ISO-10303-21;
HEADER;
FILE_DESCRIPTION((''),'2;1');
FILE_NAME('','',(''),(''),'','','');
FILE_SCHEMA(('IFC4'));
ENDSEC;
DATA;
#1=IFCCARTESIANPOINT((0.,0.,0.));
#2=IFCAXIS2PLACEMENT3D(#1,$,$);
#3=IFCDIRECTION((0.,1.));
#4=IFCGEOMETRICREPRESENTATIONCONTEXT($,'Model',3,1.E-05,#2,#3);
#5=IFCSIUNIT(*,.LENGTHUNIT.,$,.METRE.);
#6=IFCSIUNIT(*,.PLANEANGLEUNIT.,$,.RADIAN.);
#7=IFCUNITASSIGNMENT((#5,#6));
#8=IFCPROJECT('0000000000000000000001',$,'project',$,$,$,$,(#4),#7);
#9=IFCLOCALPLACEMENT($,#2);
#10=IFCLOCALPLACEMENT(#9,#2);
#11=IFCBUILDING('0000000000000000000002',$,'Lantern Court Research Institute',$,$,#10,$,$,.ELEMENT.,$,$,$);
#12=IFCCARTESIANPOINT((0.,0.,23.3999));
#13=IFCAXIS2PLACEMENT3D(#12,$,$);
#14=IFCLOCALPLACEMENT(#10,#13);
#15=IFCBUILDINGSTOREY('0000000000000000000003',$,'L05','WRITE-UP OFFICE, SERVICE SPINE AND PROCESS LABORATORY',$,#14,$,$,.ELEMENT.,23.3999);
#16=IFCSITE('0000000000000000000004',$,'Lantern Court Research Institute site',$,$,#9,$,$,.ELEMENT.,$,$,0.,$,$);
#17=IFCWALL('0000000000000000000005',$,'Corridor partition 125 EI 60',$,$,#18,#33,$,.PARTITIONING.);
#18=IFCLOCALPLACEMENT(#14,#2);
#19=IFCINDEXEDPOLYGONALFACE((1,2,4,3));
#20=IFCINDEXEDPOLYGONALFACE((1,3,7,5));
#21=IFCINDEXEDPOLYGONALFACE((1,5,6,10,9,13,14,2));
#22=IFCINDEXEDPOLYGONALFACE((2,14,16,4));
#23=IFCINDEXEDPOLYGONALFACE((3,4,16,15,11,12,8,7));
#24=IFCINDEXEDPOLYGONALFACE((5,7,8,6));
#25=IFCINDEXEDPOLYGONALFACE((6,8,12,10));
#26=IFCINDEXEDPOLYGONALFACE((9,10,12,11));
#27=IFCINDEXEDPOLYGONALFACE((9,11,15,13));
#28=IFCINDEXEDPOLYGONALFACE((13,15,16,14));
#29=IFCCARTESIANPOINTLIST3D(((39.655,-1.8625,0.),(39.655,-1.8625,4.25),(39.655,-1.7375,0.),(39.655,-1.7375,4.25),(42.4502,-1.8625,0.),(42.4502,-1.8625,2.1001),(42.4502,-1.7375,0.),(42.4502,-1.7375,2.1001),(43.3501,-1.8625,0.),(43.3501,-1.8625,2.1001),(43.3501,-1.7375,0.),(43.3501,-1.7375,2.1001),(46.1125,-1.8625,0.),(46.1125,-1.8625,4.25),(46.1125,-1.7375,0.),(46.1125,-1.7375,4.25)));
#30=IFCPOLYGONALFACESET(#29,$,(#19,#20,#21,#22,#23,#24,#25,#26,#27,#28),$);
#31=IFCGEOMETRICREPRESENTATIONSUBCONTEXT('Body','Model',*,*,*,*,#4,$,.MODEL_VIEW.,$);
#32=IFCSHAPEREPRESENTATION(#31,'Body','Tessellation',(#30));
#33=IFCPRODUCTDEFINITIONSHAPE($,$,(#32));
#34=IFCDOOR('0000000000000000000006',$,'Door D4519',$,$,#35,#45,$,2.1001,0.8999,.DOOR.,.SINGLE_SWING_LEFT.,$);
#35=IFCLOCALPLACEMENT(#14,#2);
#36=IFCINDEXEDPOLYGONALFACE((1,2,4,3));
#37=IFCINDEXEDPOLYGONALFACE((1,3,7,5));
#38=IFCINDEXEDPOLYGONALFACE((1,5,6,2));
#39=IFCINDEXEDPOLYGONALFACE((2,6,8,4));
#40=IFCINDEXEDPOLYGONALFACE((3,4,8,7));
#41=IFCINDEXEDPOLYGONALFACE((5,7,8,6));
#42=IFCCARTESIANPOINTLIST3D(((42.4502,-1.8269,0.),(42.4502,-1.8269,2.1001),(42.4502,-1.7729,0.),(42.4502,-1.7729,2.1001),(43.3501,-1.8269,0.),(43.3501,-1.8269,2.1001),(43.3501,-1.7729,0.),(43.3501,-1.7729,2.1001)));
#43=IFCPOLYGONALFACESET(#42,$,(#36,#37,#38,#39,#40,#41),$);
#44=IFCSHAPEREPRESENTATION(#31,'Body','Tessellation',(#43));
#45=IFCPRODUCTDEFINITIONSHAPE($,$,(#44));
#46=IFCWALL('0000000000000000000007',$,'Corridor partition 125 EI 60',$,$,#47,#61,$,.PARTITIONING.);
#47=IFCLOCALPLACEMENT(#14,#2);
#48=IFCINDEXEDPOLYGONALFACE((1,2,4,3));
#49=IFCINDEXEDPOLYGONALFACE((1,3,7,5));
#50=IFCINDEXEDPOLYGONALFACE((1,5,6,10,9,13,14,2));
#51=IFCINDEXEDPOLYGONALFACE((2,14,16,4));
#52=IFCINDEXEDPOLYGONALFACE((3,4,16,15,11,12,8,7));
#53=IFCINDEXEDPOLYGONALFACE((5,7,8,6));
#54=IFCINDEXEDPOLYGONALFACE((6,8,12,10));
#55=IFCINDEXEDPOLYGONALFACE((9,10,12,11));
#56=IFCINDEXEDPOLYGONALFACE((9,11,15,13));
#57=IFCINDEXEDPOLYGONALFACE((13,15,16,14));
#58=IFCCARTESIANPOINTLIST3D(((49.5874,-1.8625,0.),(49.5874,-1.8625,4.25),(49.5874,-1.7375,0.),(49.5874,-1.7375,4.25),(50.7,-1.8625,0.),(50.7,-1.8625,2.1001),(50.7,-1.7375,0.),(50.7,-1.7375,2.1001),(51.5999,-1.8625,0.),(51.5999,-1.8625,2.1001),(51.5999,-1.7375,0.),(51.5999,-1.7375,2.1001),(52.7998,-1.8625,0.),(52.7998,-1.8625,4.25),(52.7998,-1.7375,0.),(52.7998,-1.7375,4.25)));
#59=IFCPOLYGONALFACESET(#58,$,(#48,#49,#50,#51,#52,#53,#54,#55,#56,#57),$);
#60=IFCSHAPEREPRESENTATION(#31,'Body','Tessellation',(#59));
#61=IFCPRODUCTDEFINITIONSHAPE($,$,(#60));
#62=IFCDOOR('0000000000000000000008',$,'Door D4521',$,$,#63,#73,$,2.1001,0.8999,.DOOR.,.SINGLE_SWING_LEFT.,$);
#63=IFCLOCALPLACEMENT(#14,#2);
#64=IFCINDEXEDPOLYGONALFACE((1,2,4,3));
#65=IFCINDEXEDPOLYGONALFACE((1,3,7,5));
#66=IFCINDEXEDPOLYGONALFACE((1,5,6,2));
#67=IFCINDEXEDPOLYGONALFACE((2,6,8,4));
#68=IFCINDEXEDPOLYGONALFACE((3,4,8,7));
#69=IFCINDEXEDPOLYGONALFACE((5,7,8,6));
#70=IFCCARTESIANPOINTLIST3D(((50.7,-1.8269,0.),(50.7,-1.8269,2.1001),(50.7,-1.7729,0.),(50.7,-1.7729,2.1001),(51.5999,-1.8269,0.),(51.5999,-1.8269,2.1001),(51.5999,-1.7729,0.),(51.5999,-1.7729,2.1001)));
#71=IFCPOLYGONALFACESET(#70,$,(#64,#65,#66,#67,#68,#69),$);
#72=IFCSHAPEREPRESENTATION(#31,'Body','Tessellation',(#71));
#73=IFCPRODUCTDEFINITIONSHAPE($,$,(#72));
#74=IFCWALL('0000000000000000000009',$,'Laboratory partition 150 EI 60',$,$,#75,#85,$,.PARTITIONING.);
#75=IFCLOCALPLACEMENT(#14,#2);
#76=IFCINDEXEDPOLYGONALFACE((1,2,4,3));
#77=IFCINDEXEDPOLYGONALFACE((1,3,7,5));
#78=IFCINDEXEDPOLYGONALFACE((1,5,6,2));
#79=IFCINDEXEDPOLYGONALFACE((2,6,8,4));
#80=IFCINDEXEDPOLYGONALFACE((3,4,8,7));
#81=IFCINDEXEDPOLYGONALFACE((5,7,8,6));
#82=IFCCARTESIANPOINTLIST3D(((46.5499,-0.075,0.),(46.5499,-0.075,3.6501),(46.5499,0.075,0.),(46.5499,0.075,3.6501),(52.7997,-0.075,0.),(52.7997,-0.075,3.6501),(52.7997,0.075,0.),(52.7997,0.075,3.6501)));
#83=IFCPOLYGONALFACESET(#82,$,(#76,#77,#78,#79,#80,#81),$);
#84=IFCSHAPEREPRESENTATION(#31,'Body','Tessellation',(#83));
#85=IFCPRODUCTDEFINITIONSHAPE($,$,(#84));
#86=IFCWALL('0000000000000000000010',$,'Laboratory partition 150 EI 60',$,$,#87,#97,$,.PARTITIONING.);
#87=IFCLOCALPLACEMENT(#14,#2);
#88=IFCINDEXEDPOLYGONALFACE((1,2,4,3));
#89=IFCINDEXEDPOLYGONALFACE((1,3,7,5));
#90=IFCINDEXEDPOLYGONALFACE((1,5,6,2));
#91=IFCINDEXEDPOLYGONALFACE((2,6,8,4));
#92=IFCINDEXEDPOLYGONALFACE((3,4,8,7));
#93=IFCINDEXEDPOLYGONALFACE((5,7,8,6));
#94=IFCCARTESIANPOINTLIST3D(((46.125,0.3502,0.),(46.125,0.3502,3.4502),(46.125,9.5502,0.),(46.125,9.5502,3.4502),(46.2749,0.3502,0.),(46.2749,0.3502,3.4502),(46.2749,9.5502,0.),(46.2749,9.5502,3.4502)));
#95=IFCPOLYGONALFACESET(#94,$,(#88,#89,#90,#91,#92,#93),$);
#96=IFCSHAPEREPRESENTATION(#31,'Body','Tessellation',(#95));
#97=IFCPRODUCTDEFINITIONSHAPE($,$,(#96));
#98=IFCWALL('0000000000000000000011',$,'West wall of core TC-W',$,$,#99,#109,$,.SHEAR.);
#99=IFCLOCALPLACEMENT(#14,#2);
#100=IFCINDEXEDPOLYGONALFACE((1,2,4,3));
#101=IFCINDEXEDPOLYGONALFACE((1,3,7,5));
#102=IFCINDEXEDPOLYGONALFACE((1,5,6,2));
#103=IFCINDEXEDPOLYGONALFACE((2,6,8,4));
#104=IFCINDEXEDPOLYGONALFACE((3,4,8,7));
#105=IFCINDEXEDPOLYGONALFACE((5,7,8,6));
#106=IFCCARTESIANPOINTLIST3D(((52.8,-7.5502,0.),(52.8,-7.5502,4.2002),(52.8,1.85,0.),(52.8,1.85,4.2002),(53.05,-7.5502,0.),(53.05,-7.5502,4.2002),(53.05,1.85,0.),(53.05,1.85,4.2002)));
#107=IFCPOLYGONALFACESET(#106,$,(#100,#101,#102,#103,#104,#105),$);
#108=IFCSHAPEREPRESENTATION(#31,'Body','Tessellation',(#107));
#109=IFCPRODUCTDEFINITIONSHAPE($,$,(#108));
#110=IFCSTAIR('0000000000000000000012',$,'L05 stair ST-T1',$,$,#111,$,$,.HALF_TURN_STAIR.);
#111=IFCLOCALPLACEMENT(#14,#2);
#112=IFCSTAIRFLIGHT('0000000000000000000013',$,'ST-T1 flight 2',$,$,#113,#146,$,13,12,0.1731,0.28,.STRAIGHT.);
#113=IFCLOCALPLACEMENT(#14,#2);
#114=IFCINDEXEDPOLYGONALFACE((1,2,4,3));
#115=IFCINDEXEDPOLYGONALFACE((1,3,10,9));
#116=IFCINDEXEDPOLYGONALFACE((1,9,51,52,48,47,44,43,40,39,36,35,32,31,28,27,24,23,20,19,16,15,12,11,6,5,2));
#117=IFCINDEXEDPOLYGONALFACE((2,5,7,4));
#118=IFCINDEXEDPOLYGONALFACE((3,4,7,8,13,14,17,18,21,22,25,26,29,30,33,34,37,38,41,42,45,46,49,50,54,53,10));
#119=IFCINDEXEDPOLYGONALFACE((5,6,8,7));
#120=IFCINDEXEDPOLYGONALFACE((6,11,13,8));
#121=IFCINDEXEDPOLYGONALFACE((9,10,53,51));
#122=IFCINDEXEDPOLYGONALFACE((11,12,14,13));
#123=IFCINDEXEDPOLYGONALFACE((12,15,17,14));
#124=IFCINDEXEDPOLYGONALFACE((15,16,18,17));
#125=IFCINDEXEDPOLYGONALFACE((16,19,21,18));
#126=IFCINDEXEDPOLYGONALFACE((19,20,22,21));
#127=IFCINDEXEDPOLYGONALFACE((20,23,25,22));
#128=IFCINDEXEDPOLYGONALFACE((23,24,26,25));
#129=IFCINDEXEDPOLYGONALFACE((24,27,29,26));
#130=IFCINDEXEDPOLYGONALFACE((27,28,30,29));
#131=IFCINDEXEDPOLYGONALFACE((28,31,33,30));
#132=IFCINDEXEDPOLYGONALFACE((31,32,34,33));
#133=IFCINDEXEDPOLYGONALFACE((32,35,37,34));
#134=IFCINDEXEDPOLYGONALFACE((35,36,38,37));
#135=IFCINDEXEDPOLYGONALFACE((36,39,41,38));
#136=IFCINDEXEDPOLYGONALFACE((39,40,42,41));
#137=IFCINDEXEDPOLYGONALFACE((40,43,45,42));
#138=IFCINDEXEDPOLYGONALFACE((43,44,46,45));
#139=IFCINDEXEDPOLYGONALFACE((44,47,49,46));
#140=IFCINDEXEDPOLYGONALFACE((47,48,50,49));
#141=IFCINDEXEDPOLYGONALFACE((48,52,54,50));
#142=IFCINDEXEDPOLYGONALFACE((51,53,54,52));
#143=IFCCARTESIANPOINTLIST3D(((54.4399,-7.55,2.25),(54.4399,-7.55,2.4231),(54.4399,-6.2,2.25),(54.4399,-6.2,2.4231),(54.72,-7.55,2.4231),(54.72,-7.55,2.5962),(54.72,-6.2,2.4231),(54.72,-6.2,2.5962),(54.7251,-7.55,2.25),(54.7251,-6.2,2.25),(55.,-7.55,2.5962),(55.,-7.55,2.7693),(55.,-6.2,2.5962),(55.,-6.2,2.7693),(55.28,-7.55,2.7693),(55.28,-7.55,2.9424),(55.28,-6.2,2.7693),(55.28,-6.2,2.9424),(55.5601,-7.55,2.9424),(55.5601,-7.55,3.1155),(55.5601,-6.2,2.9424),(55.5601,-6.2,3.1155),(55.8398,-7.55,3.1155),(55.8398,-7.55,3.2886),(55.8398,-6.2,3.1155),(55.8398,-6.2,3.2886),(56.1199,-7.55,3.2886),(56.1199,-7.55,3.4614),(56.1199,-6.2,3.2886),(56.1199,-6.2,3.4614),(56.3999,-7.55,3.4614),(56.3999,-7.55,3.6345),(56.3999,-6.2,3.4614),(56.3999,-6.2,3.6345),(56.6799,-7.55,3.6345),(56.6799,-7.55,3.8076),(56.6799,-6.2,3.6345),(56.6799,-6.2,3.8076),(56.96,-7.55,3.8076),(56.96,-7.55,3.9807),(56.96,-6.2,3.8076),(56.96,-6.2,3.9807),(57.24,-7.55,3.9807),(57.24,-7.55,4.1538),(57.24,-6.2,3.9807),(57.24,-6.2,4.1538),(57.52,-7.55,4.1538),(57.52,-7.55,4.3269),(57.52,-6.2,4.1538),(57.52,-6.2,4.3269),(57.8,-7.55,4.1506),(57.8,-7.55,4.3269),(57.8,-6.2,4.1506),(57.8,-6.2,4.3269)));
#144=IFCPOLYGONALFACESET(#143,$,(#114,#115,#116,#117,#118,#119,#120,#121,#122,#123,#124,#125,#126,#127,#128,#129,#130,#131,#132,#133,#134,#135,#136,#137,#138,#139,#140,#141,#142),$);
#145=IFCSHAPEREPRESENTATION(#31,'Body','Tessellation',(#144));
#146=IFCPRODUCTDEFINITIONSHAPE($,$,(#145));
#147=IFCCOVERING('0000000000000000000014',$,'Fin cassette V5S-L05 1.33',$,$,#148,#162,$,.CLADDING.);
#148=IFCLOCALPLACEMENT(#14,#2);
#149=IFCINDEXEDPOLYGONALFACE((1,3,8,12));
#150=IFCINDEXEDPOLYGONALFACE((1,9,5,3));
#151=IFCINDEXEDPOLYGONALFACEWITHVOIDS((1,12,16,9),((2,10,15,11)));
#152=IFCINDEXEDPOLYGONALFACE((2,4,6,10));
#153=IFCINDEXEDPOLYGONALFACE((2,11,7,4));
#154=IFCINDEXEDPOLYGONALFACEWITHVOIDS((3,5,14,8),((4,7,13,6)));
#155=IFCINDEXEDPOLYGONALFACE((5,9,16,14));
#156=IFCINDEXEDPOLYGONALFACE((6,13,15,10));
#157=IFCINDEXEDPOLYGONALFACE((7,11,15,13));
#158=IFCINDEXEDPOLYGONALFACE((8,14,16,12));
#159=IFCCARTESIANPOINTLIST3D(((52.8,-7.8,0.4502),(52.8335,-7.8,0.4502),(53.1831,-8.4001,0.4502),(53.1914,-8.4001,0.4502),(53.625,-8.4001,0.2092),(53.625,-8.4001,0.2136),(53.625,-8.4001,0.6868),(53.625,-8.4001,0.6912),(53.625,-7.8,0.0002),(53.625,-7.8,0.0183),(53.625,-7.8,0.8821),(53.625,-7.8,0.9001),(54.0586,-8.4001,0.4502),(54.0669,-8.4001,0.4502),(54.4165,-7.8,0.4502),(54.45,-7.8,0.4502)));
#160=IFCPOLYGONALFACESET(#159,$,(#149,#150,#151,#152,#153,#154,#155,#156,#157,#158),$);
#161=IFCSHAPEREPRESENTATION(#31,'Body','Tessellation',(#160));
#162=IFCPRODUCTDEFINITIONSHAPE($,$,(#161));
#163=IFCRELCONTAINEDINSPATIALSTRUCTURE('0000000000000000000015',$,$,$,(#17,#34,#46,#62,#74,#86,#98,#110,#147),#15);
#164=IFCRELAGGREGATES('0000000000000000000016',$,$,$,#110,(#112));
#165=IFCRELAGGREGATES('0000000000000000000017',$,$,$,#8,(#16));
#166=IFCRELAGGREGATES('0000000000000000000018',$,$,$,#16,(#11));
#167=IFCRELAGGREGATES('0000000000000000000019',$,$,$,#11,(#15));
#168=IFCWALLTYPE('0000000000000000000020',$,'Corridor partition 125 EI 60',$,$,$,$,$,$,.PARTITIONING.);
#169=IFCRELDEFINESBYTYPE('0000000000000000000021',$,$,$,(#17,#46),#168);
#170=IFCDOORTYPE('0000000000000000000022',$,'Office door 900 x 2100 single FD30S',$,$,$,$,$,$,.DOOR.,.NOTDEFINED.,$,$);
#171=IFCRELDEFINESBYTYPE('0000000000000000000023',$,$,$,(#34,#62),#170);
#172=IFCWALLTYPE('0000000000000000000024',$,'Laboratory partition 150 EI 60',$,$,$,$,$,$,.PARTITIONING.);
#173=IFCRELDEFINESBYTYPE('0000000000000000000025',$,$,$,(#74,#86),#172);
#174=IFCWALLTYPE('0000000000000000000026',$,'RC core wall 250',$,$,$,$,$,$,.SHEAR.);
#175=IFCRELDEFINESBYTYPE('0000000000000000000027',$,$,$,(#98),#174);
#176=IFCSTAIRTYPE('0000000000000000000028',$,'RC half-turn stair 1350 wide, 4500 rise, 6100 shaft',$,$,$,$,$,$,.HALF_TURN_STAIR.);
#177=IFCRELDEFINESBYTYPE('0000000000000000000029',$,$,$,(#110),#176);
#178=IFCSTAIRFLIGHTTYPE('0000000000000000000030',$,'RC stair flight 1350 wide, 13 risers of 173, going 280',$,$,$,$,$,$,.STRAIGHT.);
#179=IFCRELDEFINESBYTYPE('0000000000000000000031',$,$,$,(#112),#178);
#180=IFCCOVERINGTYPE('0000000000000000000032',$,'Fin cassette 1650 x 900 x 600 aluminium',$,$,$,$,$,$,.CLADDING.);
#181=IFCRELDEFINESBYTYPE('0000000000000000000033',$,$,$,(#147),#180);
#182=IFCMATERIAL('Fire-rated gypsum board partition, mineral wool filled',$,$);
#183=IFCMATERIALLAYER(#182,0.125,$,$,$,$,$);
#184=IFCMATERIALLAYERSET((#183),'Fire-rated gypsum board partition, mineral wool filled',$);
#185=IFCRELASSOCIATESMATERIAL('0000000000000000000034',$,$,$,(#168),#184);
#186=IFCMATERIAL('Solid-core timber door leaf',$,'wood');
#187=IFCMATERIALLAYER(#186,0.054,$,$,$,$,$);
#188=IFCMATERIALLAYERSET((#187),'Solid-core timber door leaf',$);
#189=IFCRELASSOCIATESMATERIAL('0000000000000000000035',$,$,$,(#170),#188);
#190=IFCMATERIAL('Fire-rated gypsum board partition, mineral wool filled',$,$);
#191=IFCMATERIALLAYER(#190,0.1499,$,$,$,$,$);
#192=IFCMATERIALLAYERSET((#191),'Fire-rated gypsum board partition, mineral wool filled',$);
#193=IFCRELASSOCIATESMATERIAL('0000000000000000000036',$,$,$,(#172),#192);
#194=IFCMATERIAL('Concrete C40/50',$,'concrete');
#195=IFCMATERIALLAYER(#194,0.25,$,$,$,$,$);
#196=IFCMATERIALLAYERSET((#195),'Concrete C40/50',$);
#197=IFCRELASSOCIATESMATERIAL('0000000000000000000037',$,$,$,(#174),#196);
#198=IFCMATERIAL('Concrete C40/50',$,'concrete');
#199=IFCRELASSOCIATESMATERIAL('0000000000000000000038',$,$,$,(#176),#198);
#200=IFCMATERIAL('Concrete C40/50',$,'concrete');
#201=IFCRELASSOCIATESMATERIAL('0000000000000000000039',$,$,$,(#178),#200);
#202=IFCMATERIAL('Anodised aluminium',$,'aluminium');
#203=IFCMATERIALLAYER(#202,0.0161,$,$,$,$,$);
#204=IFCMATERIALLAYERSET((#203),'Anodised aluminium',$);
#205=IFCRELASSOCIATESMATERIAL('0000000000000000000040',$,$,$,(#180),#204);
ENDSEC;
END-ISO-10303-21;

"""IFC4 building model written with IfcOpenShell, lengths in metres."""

from ifc_helpers import new_model, entity, si_unit, direction, frame, frame_2d, origin, place, context, subcontext, project, spatial, polyline, rectangle, outline, extrude, material, layer, layer_set, type_object, element, fill, aggregate, save


model = new_model("IFC4")

# Units and contexts
model_context = context("Model", 3, precision=1e-05, world=origin(), true_north=direction((0.0, 1.0)))
body_context = subcontext(model_context, "Body", "Model", "MODEL_VIEW")
ifc_project = project(units=[si_unit("LENGTHUNIT", "METRE"), si_unit("PLANEANGLEUNIT", "RADIAN")], contexts=[model_context])

# Site, building, storey
site_placement = place(None, origin())
site = spatial("IfcSite", under=ifc_project, at=site_placement, Name="Lantern Court Research Institute site", CompositionType="ELEMENT", RefElevation=0.0)
building_placement = place(site_placement, origin())
building = spatial("IfcBuilding", under=site, at=building_placement, Name="Lantern Court Research Institute", CompositionType="ELEMENT")
storey_placement = place(building_placement, frame((0.0, 0.0, 23.3999)))
storey = spatial("IfcBuildingStorey", under=building, at=storey_placement, Name="L05", Description="WRITE-UP OFFICE, SERVICE SPINE AND PROCESS LABORATORY", CompositionType="ELEMENT", Elevation=23.3999)

# Walls, openings, doors
ifc_material_1 = material(Name="Fire-rated gypsum board partition, mineral wool filled")
ifc_layer_1 = layer(ifc_material_1, 0.125)
ifc_layer_set_1 = layer_set([ifc_layer_1], Name="Fire-rated gypsum board partition, mineral wool filled")
wall_type_1 = type_object("IfcWallType", Name="Corridor partition 125 EI 60", PredefinedType="PARTITIONING", material=ifc_layer_set_1)
wall_1_placement = place(storey_placement, frame((46.1125, -1.8, 0.0), z_axis=(0.0, 0.0, 1.0), x_axis=(-1.0, 0.0, 0.0)))
wall_1 = element("IfcWall", 1, at=wall_1_placement, inside=storey, type_object=wall_type_1, Name="Corridor partition 125 EI 60", PredefinedType="PARTITIONING", context=body_context, shape_type="SweptSolid", body=[
    extrude(rectangle(XDim=6.4575, YDim=0.125, at=frame_2d((3.2288, 0.0))), origin(), (0.0, 0.0, 1.0), 4.25),
])
opening_1_placement = place(wall_1_placement, frame((2.7625, 0.0, 0.0)))
opening_1 = element("IfcOpeningElement", 2, at=opening_1_placement, cuts=wall_1, PredefinedType="OPENING", context=body_context, shape_type="SweptSolid", body=[
    extrude(rectangle(XDim=0.8999, YDim=2.1001, at=frame_2d((0.45, 1.05))), frame((0.0, 0.0725, 0.0), z_axis=(0.0, -1.0, 0.0), x_axis=(1.0, 0.0, 0.0)), (0.0, 0.0, 1.0), 0.145),
])
ifc_material_2 = material(Name="Solid-core timber door leaf", Category="wood")
ifc_layer_2 = layer(ifc_material_2, 0.054)
ifc_layer_set_2 = layer_set([ifc_layer_2], Name="Solid-core timber door leaf")
door_type_1 = type_object("IfcDoorType", Name="Office door 900 x 2100 single FD30S", OperationType="NOTDEFINED", PredefinedType="DOOR", material=ifc_layer_set_2)
door_1_placement = place(opening_1_placement, origin())
door_1 = element("IfcDoor", 3, at=door_1_placement, inside=storey, type_object=door_type_1, Name="Door D4519", OperationType="SINGLE_SWING_LEFT", OverallHeight=2.1001, OverallWidth=0.8999, PredefinedType="DOOR", context=body_context, shape_type="SweptSolid", body=[
    extrude(rectangle(XDim=0.8999, YDim=2.1001, at=frame_2d((0.45, 1.05))), frame((0.0, 0.0269, 0.0), z_axis=(0.0, -1.0, 0.0), x_axis=(1.0, 0.0, 0.0)), (0.0, 0.0, 1.0), 0.054),
])
fill(opening_1, door_1)
wall_2_placement = place(storey_placement, frame((52.7998, -1.8, 0.0), z_axis=(0.0, 0.0, 1.0), x_axis=(-1.0, 0.0, 0.0)))
wall_2 = element("IfcWall", 4, at=wall_2_placement, inside=storey, type_object=wall_type_1, Name="Corridor partition 125 EI 60", PredefinedType="PARTITIONING", context=body_context, shape_type="SweptSolid", body=[
    extrude(rectangle(XDim=3.2124, YDim=0.125, at=frame_2d((1.6062, 0.0))), origin(), (0.0, 0.0, 1.0), 4.25),
])
opening_2_placement = place(wall_2_placement, frame((1.2, 0.0, 0.0)))
opening_2 = element("IfcOpeningElement", 5, at=opening_2_placement, cuts=wall_2, PredefinedType="OPENING", context=body_context, shape_type="SweptSolid", body=[
    extrude(rectangle(XDim=0.8999, YDim=2.1001, at=frame_2d((0.45, 1.05))), frame((0.0, 0.0725, 0.0), z_axis=(0.0, -1.0, 0.0), x_axis=(1.0, 0.0, 0.0)), (0.0, 0.0, 1.0), 0.145),
])
door_2_placement = place(opening_2_placement, origin())
door_2 = element("IfcDoor", 6, at=door_2_placement, inside=storey, type_object=door_type_1, Name="Door D4521", OperationType="SINGLE_SWING_LEFT", OverallHeight=2.1001, OverallWidth=0.8999, PredefinedType="DOOR", context=body_context, shape_type="SweptSolid", body=[
    extrude(rectangle(XDim=0.8999, YDim=2.1001, at=frame_2d((0.45, 1.05))), frame((0.0, 0.0269, 0.0), z_axis=(0.0, -1.0, 0.0), x_axis=(1.0, 0.0, 0.0)), (0.0, 0.0, 1.0), 0.054),
])
fill(opening_2, door_2)

# Walls
ifc_material_3 = material(Name="Fire-rated gypsum board partition, mineral wool filled")
ifc_layer_3 = layer(ifc_material_3, 0.1499)
ifc_layer_set_3 = layer_set([ifc_layer_3], Name="Fire-rated gypsum board partition, mineral wool filled")
wall_type_2 = type_object("IfcWallType", Name="Laboratory partition 150 EI 60", PredefinedType="PARTITIONING", material=ifc_layer_set_3)
wall_3_placement = place(storey_placement, frame((52.7998, 0.0, 0.0), z_axis=(0.0, 0.0, 1.0), x_axis=(-1.0, 0.0, 0.0)))
element("IfcWall", 7, at=wall_3_placement, inside=storey, type_object=wall_type_2, Name="Laboratory partition 150 EI 60", PredefinedType="PARTITIONING", context=body_context, shape_type="SweptSolid", body=[
    extrude(rectangle(XDim=6.2498, YDim=0.1499, at=frame_2d((3.125, 0.0))), origin(), (0.0, 0.0, 1.0), 3.6501),
])
wall_4_placement = place(storey_placement, frame((46.2, 0.3501, 0.0), z_axis=(0.0, 0.0, 1.0), x_axis=(0.0, 1.0, 0.0)))
element("IfcWall", 8, at=wall_4_placement, inside=storey, type_object=wall_type_2, Name="Laboratory partition 150 EI 60", PredefinedType="PARTITIONING", context=body_context, shape_type="SweptSolid", body=[
    extrude(rectangle(XDim=9.2, YDim=0.1499, at=frame_2d((4.6001, 0.0))), origin(), (0.0, 0.0, 1.0), 3.4502),
])
ifc_material_4 = material(Name="Concrete C40/50", Category="concrete")
ifc_layer_4 = layer(ifc_material_4, 0.25)
ifc_layer_set_4 = layer_set([ifc_layer_4], Name="Concrete C40/50")
wall_type_3 = type_object("IfcWallType", Name="RC core wall 250", PredefinedType="SHEAR", material=ifc_layer_set_4)
wall_5_placement = place(storey_placement, frame((52.925, 1.8501, 0.0), z_axis=(0.0, 0.0, 1.0), x_axis=(0.0, -1.0, 0.0)))
element("IfcWall", 9, at=wall_5_placement, inside=storey, type_object=wall_type_3, Name="West wall of core TC-W", PredefinedType="SHEAR", context=body_context, shape_type="SweptSolid", body=[
    extrude(rectangle(XDim=9.4001, YDim=0.25, at=frame_2d((4.7002, 0.0))), origin(), (0.0, 0.0, 1.0), 4.2002),
])

# Stair, stair flight
ifc_material_5 = material(Name="Concrete C40/50", Category="concrete")
stair_type = type_object("IfcStairType", Name="RC half-turn stair 1350 wide, 4500 rise, 6100 shaft", PredefinedType="HALF_TURN_STAIR", material=ifc_material_5)
stair_placement = place(storey_placement, origin())
stair = element("IfcStair", 10, at=stair_placement, inside=storey, type_object=stair_type, Name="L05 stair ST-T1", PredefinedType="HALF_TURN_STAIR")
ifc_material_6 = material(Name="Concrete C40/50", Category="concrete")
stair_flight_type = type_object("IfcStairFlightType", Name="RC stair flight 1350 wide, 13 risers of 173, going 280", PredefinedType="STRAIGHT", material=ifc_material_6)
stair_flight_placement = place(storey_placement, frame((54.4399, -6.875, 2.25), z_axis=(0.0, 0.0, 1.0), x_axis=(1.0, 0.0, 0.0)))
stair_flight = element("IfcStairFlight", 11, at=stair_flight_placement, type_object=stair_flight_type, Name="ST-T1 flight 2", NumberOfRisers=13, NumberOfTreads=12, PredefinedType="STRAIGHT", RiserHeight=0.1731, TreadLength=0.28, context=body_context, shape_type="SweptSolid", body=[
    extrude(outline(polyline([(0.0, 0.0), (0.0, 0.1731), (0.28, 0.1731), (0.28, 0.3462), (0.5601, 0.3462), (0.5601, 0.5193), (0.8401, 0.5193), (0.8401, 0.6924), (1.1201, 0.6924), (1.1201, 0.8655), (1.3999, 0.8655), (1.3999, 1.0386), (1.6799, 1.0386), (1.6799, 1.2114), (1.96, 1.2114), (1.96, 1.3845), (2.24, 1.3845), (2.24, 1.5576), (2.52, 1.5576), (2.52, 1.7307), (2.8, 1.7307), (2.8, 1.9038), (3.0801, 1.9038), (3.0801, 2.0769), (3.3601, 2.0769), (3.3601, 2.25), (3.3601, 1.9006), (0.2852, 0.0), (0.0, 0.0)])), frame((0.0, 0.675, 0.0), z_axis=(0.0, -1.0, 0.0), x_axis=(1.0, 0.0, 0.0)), (0.0, 0.0, 1.0), 1.3501),
])
aggregate(stair, [stair_flight])

# Covering
ifc_material_7 = material(Name="Anodised aluminium", Category="aluminium")
ifc_layer_5 = layer(ifc_material_7, 0.0161)
ifc_layer_set_5 = layer_set([ifc_layer_5], Name="Anodised aluminium")
covering_type = type_object("IfcCoveringType", Name="Fin cassette 1650 x 900 x 600 aluminium", PredefinedType="CLADDING", material=ifc_layer_set_5)
covering_1_placement = place(storey_placement, frame((53.625, -7.8, 0.4502), z_axis=(0.0, -1.0, 0.0), x_axis=(1.0, 0.0, 0.0)))
cartesian_point_1 = entity("IfcCartesianPoint", [0.825, 0.0])
cartesian_point_2 = entity("IfcCartesianPoint", [0.7915, 0.0])
cartesian_point_3 = entity("IfcCartesianPoint", [0.4419, 0.0])
cartesian_point_4 = entity("IfcCartesianPoint", [0.4336, 0.0])
element("IfcCovering", 12, at=covering_1_placement, inside=storey, type_object=covering_type, Name="Fin cassette V5S-L05 1.33", PredefinedType="CLADDING", context=body_context, shape_type="SweptSolid", body=[
    entity("IfcExtrudedAreaSolidTapered", entity("IfcArbitraryProfileDefWithVoids", "AREA", None, entity("IfcPolyline", [cartesian_point_1, entity("IfcCartesianPoint", [0.0, 0.45]), entity("IfcCartesianPoint", [-0.825, 0.0]), entity("IfcCartesianPoint", [0.0, -0.45]), cartesian_point_1]), [entity("IfcPolyline", [cartesian_point_2, entity("IfcCartesianPoint", [0.0, 0.4319]), entity("IfcCartesianPoint", [-0.7915, 0.0]), entity("IfcCartesianPoint", [0.0, -0.4319]), cartesian_point_2])]), entity("IfcAxis2Placement3D", entity("IfcCartesianPoint", [0.0, 0.0, 0.0])), entity("IfcDirection", [0.0, 0.0, 1.0]), 0.6001, entity("IfcArbitraryProfileDefWithVoids", "AREA", None, entity("IfcPolyline", [cartesian_point_3, entity("IfcCartesianPoint", [0.0, 0.241]), entity("IfcCartesianPoint", [-0.4419, 0.0]), entity("IfcCartesianPoint", [0.0, -0.241]), cartesian_point_3]), [entity("IfcPolyline", [cartesian_point_4, entity("IfcCartesianPoint", [0.0, 0.2366]), entity("IfcCartesianPoint", [-0.4336, 0.0]), entity("IfcCartesianPoint", [0.0, -0.2366]), cartesian_point_4])])),
])

save(model, "model.ifc")
